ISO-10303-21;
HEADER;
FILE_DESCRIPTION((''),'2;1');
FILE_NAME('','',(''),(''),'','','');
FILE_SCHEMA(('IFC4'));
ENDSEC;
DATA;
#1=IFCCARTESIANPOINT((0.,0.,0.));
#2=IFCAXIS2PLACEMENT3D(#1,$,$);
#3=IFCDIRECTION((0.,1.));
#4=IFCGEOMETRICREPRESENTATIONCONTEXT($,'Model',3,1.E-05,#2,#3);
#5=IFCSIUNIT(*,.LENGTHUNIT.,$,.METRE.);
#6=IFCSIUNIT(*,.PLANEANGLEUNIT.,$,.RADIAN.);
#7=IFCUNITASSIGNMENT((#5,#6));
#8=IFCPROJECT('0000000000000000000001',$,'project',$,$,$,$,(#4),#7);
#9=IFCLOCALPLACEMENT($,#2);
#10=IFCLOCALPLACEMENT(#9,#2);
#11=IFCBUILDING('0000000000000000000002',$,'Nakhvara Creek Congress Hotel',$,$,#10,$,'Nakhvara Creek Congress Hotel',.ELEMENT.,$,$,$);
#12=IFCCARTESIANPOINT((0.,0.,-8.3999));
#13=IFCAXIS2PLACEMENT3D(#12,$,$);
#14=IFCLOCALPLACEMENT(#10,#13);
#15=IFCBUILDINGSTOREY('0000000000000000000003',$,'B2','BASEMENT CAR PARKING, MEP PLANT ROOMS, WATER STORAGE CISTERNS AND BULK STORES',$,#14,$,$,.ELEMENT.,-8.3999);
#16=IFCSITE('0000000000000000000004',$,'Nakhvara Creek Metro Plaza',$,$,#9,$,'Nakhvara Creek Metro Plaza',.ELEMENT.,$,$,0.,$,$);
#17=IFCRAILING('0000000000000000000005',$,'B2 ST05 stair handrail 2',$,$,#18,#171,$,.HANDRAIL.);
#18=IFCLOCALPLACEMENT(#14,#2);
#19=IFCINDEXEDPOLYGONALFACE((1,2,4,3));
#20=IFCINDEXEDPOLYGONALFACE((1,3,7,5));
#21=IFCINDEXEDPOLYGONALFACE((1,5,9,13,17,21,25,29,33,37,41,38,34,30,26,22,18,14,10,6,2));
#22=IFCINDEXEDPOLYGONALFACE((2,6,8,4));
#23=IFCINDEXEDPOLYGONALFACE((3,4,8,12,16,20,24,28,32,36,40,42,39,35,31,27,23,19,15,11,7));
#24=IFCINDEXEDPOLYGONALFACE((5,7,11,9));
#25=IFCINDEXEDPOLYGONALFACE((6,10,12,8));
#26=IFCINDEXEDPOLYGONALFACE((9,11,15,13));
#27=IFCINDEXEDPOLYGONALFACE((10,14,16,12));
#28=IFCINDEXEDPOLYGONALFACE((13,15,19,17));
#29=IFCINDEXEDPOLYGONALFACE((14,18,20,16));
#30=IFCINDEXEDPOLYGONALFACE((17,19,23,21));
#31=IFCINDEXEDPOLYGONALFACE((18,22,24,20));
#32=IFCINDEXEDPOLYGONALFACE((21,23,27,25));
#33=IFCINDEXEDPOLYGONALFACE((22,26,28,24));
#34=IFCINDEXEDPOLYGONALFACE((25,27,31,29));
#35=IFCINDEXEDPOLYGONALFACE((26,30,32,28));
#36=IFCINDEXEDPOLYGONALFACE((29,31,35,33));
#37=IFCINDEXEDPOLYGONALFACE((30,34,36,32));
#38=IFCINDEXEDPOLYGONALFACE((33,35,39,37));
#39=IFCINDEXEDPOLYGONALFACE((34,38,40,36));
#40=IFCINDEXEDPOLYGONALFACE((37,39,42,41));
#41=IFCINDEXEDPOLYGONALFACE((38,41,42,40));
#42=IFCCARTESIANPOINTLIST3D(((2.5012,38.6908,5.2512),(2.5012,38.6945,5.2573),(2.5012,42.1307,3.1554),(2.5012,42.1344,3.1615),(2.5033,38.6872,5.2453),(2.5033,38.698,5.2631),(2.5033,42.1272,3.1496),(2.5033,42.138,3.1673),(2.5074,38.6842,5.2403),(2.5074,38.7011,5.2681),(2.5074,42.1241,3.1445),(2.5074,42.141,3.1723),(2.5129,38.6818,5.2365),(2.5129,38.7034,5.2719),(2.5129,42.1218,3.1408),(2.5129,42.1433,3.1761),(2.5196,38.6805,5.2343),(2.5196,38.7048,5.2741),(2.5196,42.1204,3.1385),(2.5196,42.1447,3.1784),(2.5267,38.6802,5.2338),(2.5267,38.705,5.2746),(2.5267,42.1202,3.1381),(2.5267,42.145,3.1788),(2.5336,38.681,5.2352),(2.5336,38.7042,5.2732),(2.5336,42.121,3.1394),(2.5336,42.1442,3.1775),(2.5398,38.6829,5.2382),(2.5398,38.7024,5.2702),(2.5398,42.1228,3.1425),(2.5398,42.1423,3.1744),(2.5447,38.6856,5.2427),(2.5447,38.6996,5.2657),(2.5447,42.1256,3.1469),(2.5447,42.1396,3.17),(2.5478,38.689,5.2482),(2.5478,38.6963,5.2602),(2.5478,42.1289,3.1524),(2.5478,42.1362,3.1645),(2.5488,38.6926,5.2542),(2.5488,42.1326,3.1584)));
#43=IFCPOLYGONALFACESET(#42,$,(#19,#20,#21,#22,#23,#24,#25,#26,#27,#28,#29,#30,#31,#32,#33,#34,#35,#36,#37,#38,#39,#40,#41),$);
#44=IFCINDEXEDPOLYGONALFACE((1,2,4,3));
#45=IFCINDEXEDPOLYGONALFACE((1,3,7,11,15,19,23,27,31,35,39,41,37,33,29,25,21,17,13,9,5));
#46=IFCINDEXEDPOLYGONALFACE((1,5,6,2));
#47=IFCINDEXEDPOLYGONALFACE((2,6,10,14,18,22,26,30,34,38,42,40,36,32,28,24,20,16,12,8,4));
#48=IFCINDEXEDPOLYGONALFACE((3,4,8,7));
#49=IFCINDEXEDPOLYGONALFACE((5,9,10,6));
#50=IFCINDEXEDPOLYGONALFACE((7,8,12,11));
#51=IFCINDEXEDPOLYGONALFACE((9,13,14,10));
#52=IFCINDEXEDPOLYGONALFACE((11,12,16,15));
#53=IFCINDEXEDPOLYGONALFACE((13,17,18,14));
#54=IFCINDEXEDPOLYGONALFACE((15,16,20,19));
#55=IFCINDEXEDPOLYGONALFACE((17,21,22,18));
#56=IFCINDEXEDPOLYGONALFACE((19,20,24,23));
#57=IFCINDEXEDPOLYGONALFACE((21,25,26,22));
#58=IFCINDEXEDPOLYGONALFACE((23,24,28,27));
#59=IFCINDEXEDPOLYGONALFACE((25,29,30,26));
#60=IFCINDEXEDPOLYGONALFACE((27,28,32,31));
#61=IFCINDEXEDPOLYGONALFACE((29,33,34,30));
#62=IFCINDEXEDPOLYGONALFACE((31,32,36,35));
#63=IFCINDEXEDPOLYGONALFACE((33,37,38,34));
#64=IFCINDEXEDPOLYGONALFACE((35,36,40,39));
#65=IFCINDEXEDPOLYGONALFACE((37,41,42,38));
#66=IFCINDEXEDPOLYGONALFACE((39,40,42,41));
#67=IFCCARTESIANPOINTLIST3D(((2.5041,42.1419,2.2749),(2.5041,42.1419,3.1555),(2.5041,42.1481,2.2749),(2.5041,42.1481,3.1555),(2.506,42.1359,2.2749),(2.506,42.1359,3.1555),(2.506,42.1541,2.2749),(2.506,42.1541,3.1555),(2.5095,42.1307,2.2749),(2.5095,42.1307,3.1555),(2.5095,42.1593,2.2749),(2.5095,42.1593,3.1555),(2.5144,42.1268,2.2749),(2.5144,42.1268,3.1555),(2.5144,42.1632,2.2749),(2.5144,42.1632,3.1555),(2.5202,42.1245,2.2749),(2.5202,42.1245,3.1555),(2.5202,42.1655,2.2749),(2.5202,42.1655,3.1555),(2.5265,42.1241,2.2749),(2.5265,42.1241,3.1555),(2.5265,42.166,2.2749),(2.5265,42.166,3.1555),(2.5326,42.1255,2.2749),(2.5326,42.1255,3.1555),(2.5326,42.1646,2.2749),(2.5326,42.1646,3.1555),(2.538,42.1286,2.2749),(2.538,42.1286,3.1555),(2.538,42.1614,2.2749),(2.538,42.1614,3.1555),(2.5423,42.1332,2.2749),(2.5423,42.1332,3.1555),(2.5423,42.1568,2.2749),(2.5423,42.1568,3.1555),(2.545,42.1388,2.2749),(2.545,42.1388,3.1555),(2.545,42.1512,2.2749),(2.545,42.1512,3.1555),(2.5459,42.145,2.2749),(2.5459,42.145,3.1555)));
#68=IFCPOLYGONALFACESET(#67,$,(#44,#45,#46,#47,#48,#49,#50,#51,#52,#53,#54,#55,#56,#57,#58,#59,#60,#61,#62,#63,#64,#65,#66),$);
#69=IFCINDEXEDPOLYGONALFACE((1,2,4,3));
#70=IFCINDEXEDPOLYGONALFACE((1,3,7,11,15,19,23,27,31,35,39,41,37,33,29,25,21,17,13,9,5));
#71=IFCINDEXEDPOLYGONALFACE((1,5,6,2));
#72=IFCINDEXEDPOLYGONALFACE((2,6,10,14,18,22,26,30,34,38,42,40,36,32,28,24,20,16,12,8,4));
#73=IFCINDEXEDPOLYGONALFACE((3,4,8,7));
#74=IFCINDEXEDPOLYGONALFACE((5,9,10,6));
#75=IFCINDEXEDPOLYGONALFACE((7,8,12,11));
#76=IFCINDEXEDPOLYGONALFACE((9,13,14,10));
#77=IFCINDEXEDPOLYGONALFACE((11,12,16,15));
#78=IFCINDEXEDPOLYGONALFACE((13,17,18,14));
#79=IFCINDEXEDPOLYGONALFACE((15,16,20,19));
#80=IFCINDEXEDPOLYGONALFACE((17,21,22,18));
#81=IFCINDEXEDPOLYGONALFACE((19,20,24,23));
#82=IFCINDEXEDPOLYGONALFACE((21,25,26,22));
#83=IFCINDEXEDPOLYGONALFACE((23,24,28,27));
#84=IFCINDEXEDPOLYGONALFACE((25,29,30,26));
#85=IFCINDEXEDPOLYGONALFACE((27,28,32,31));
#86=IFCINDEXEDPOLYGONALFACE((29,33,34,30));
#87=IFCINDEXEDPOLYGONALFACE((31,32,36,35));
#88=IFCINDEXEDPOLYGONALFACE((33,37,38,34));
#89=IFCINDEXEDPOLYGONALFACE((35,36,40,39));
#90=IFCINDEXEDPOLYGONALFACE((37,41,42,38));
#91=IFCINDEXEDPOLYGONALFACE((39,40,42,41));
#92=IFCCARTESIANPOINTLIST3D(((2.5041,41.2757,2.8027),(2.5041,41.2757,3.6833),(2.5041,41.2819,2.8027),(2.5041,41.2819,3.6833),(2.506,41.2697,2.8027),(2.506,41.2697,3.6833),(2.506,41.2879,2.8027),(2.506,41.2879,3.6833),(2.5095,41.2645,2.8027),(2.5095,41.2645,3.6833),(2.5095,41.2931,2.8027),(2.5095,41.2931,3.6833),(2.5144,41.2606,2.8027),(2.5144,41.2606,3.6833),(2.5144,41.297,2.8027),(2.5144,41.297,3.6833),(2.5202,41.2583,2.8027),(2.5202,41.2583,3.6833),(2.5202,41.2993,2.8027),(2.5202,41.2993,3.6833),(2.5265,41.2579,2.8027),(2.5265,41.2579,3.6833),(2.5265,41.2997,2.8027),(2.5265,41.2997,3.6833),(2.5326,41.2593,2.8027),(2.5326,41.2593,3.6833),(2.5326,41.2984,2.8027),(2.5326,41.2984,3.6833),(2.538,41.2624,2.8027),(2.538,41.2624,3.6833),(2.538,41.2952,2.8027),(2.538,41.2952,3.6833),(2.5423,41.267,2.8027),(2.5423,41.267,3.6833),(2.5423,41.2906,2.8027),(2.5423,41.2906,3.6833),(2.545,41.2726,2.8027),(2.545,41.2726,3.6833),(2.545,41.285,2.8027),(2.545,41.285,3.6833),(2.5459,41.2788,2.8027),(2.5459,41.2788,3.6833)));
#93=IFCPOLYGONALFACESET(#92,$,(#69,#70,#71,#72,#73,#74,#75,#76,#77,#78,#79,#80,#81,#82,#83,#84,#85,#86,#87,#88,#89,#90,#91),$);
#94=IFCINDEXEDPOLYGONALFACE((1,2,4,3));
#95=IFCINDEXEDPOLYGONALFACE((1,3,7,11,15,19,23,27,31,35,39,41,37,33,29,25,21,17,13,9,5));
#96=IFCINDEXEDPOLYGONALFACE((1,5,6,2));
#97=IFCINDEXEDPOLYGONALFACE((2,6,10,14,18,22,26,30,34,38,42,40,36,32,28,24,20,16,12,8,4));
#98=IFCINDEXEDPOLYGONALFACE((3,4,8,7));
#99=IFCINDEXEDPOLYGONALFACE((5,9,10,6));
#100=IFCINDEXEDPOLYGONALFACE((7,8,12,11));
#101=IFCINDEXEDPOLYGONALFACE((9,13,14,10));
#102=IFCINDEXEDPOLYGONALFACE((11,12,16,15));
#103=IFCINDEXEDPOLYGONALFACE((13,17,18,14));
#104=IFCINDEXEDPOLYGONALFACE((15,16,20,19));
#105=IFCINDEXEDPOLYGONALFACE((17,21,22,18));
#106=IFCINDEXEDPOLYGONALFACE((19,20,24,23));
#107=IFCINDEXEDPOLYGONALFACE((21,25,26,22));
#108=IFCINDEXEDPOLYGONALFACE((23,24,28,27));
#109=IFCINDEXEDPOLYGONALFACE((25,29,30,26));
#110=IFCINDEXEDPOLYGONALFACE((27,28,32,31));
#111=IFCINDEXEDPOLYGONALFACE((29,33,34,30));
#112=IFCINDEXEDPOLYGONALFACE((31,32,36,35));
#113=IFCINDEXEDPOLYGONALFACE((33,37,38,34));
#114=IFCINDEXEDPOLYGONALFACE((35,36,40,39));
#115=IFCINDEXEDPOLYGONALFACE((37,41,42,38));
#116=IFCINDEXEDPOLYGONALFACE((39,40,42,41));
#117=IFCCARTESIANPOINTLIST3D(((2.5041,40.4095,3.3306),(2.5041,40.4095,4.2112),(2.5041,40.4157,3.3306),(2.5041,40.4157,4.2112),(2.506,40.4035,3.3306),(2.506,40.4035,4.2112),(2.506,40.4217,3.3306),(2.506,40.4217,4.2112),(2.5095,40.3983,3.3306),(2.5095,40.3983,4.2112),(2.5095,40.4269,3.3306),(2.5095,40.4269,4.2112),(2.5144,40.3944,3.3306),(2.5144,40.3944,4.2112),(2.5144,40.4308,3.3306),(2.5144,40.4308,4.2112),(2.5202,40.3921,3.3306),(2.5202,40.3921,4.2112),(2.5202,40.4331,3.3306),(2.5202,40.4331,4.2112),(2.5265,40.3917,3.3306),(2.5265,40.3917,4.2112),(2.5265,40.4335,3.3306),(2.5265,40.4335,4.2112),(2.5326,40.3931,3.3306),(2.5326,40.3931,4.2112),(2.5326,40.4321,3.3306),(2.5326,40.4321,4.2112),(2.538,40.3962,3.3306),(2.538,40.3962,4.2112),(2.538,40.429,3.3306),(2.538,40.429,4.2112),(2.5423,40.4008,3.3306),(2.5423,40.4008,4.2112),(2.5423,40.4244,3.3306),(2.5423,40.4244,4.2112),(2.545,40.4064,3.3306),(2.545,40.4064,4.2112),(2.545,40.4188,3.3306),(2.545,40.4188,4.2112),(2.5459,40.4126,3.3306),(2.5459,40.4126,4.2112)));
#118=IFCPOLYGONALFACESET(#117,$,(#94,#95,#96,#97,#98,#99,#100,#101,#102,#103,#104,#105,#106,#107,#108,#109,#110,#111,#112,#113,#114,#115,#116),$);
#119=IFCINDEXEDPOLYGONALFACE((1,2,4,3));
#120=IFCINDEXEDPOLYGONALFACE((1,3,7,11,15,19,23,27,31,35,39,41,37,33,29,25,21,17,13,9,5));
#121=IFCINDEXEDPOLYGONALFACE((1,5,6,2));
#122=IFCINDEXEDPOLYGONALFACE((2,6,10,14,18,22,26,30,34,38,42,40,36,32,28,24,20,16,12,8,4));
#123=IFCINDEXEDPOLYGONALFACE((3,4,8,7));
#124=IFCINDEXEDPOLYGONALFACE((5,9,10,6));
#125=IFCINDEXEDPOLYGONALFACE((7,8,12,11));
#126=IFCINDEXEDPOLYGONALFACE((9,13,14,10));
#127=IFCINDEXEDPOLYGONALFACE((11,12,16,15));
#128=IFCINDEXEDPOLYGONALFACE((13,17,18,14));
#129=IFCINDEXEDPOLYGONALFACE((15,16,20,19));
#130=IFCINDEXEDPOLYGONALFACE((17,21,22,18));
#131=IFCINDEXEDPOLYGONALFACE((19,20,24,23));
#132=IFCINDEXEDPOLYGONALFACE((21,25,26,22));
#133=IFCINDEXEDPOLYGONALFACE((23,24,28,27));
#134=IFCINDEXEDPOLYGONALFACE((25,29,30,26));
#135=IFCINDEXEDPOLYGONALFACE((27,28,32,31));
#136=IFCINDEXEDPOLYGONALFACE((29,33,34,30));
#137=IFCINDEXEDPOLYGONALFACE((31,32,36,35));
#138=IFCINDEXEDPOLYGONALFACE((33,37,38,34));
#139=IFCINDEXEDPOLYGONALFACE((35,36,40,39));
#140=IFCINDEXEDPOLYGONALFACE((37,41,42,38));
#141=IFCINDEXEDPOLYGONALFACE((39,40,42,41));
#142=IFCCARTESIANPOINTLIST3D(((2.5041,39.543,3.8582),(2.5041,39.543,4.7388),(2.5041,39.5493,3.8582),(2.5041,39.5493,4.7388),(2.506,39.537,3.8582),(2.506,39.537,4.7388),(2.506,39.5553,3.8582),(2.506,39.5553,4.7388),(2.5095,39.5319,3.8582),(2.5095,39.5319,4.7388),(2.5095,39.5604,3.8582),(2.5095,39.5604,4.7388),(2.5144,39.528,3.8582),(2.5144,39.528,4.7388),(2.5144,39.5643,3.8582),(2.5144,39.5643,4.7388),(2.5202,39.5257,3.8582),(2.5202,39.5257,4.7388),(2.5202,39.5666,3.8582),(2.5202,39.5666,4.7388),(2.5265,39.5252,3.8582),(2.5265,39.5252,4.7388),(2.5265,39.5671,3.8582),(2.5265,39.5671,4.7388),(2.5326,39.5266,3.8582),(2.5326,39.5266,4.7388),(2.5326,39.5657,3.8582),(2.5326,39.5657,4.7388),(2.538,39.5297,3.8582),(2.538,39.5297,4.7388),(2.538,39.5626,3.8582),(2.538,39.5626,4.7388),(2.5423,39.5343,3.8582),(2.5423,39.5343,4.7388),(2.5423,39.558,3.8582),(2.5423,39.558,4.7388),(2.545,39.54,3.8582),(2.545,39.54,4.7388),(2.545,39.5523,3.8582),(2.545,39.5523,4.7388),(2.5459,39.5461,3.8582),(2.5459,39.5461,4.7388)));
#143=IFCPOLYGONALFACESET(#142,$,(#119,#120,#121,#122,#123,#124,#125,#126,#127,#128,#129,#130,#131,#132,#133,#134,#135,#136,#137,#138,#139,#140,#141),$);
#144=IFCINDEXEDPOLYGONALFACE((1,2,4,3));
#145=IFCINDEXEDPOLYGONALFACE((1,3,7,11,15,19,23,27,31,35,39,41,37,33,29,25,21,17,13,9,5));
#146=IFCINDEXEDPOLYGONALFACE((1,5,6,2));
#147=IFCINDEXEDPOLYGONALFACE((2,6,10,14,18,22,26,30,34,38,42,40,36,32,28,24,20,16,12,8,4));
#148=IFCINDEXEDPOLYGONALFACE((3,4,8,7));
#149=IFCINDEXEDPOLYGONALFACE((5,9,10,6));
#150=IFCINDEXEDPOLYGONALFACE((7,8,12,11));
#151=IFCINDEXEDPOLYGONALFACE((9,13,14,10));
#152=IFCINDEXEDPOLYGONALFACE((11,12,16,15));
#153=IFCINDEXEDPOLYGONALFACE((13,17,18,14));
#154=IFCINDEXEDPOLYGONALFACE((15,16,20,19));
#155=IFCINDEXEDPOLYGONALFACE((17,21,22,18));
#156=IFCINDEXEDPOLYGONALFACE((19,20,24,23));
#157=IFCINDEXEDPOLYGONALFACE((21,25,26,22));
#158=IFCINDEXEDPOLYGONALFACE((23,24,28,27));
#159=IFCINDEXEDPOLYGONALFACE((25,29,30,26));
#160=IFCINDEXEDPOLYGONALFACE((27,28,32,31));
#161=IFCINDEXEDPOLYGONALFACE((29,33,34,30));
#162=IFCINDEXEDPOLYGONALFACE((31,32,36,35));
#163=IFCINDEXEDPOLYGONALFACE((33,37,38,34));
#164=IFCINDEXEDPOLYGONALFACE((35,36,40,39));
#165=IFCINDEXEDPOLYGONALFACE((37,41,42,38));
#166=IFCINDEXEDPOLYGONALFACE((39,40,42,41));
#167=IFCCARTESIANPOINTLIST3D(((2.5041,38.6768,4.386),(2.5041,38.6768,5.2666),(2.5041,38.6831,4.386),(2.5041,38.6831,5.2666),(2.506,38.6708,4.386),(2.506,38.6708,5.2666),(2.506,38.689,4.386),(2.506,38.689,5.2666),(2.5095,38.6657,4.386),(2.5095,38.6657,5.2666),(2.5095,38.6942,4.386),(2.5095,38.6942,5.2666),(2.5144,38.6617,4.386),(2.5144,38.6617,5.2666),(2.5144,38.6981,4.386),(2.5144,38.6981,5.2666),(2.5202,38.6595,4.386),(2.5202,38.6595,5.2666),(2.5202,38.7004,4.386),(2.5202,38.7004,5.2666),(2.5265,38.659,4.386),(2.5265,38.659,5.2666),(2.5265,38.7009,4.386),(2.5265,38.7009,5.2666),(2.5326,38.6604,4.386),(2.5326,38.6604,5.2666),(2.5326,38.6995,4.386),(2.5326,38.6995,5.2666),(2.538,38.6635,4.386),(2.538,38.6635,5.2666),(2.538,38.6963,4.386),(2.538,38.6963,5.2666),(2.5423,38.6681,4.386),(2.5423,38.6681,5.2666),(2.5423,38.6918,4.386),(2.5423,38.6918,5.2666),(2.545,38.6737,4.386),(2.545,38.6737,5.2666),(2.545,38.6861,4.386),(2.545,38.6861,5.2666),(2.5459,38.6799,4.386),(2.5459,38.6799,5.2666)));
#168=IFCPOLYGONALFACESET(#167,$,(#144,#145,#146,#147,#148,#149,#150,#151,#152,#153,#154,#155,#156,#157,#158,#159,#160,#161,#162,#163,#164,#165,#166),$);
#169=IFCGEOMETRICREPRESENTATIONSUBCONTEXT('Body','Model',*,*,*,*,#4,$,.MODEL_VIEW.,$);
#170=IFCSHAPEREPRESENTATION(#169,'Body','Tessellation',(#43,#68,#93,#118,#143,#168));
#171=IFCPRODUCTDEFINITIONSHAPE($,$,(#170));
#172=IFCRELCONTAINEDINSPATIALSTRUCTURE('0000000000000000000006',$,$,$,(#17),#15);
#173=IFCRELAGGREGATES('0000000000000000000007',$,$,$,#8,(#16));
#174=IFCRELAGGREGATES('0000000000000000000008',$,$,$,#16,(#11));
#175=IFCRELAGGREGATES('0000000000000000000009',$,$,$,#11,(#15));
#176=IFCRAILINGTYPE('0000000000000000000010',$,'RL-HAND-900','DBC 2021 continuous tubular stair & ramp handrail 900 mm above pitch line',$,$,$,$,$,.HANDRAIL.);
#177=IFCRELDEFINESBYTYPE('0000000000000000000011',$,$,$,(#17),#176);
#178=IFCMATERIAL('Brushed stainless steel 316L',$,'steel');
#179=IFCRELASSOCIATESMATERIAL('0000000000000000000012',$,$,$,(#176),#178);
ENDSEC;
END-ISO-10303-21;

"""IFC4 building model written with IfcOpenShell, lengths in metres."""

from ifc_helpers import new_model, si_unit, direction, frame, origin, origin_2d, place, context, subcontext, project, spatial, circle, extrude, material, type_object, element, save


model = new_model("IFC4")

# Units and contexts
model_context = context("Model", 3, precision=1e-05, world=origin(), true_north=direction((0.0, 1.0)))
body_context = subcontext(model_context, "Body", "Model", "MODEL_VIEW")
ifc_project = project(units=[si_unit("LENGTHUNIT", "METRE"), si_unit("PLANEANGLEUNIT", "RADIAN")], contexts=[model_context])

# Site, building, storey
site_placement = place(None, origin())
site = spatial("IfcSite", under=ifc_project, at=site_placement, Name="Nakhvara Creek Metro Plaza", LongName="Nakhvara Creek Metro Plaza", CompositionType="ELEMENT", RefElevation=0.0)
building_placement = place(site_placement, origin())
building = spatial("IfcBuilding", under=site, at=building_placement, Name="Nakhvara Creek Congress Hotel", LongName="Nakhvara Creek Congress Hotel", CompositionType="ELEMENT")
storey_placement = place(building_placement, frame((0.0, 0.0, -8.3999)))
storey = spatial("IfcBuildingStorey", under=building, at=storey_placement, Name="B2", Description="BASEMENT CAR PARKING, MEP PLANT ROOMS, WATER STORAGE CISTERNS AND BULK STORES", CompositionType="ELEMENT", Elevation=-8.3999)

# Railing
ifc_material_1 = material(Name="Brushed stainless steel 316L", Category="steel")
railing_type_1 = type_object("IfcRailingType", Name="RL-HAND-900", Description="DBC 2021 continuous tubular stair & ramp handrail 900 mm above pitch line", PredefinedType="HANDRAIL", material=ifc_material_1)
railing_1_placement = place(storey_placement, frame((2.5249, 42.145, 2.2749)))
element("IfcRailing", 1, at=railing_1_placement, inside=storey, type_object=railing_type_1, Name="B2 ST05 stair handrail 2", PredefinedType="HANDRAIL", context=body_context, shape_type="SweptSolid", body=[
    extrude(circle(Radius=0.0239, at=origin_2d()), frame((0.0, -0.0125, 0.8835), z_axis=(0.0, -0.853991, 0.520289), x_axis=(1.0, 0.0, 0.0)), (0.0, 0.0, 1.0), 4.0281),
    extrude(circle(Radius=0.021, at=origin_2d()), origin(), (0.0, 0.0, 1.0), 0.8806),
    extrude(circle(Radius=0.021, at=origin_2d()), frame((0.0, -0.8662, 0.5278)), (0.0, 0.0, 1.0), 0.8806),
    extrude(circle(Radius=0.021, at=origin_2d()), frame((0.0, -1.7324, 1.0557)), (0.0, 0.0, 1.0), 0.8806),
    extrude(circle(Radius=0.021, at=origin_2d()), frame((0.0, -2.5989, 1.5833)), (0.0, 0.0, 1.0), 0.8806),
    extrude(circle(Radius=0.021, at=origin_2d()), frame((0.0, -3.4651, 2.1111)), (0.0, 0.0, 1.0), 0.8806),
])

save(model, "model.ifc")
